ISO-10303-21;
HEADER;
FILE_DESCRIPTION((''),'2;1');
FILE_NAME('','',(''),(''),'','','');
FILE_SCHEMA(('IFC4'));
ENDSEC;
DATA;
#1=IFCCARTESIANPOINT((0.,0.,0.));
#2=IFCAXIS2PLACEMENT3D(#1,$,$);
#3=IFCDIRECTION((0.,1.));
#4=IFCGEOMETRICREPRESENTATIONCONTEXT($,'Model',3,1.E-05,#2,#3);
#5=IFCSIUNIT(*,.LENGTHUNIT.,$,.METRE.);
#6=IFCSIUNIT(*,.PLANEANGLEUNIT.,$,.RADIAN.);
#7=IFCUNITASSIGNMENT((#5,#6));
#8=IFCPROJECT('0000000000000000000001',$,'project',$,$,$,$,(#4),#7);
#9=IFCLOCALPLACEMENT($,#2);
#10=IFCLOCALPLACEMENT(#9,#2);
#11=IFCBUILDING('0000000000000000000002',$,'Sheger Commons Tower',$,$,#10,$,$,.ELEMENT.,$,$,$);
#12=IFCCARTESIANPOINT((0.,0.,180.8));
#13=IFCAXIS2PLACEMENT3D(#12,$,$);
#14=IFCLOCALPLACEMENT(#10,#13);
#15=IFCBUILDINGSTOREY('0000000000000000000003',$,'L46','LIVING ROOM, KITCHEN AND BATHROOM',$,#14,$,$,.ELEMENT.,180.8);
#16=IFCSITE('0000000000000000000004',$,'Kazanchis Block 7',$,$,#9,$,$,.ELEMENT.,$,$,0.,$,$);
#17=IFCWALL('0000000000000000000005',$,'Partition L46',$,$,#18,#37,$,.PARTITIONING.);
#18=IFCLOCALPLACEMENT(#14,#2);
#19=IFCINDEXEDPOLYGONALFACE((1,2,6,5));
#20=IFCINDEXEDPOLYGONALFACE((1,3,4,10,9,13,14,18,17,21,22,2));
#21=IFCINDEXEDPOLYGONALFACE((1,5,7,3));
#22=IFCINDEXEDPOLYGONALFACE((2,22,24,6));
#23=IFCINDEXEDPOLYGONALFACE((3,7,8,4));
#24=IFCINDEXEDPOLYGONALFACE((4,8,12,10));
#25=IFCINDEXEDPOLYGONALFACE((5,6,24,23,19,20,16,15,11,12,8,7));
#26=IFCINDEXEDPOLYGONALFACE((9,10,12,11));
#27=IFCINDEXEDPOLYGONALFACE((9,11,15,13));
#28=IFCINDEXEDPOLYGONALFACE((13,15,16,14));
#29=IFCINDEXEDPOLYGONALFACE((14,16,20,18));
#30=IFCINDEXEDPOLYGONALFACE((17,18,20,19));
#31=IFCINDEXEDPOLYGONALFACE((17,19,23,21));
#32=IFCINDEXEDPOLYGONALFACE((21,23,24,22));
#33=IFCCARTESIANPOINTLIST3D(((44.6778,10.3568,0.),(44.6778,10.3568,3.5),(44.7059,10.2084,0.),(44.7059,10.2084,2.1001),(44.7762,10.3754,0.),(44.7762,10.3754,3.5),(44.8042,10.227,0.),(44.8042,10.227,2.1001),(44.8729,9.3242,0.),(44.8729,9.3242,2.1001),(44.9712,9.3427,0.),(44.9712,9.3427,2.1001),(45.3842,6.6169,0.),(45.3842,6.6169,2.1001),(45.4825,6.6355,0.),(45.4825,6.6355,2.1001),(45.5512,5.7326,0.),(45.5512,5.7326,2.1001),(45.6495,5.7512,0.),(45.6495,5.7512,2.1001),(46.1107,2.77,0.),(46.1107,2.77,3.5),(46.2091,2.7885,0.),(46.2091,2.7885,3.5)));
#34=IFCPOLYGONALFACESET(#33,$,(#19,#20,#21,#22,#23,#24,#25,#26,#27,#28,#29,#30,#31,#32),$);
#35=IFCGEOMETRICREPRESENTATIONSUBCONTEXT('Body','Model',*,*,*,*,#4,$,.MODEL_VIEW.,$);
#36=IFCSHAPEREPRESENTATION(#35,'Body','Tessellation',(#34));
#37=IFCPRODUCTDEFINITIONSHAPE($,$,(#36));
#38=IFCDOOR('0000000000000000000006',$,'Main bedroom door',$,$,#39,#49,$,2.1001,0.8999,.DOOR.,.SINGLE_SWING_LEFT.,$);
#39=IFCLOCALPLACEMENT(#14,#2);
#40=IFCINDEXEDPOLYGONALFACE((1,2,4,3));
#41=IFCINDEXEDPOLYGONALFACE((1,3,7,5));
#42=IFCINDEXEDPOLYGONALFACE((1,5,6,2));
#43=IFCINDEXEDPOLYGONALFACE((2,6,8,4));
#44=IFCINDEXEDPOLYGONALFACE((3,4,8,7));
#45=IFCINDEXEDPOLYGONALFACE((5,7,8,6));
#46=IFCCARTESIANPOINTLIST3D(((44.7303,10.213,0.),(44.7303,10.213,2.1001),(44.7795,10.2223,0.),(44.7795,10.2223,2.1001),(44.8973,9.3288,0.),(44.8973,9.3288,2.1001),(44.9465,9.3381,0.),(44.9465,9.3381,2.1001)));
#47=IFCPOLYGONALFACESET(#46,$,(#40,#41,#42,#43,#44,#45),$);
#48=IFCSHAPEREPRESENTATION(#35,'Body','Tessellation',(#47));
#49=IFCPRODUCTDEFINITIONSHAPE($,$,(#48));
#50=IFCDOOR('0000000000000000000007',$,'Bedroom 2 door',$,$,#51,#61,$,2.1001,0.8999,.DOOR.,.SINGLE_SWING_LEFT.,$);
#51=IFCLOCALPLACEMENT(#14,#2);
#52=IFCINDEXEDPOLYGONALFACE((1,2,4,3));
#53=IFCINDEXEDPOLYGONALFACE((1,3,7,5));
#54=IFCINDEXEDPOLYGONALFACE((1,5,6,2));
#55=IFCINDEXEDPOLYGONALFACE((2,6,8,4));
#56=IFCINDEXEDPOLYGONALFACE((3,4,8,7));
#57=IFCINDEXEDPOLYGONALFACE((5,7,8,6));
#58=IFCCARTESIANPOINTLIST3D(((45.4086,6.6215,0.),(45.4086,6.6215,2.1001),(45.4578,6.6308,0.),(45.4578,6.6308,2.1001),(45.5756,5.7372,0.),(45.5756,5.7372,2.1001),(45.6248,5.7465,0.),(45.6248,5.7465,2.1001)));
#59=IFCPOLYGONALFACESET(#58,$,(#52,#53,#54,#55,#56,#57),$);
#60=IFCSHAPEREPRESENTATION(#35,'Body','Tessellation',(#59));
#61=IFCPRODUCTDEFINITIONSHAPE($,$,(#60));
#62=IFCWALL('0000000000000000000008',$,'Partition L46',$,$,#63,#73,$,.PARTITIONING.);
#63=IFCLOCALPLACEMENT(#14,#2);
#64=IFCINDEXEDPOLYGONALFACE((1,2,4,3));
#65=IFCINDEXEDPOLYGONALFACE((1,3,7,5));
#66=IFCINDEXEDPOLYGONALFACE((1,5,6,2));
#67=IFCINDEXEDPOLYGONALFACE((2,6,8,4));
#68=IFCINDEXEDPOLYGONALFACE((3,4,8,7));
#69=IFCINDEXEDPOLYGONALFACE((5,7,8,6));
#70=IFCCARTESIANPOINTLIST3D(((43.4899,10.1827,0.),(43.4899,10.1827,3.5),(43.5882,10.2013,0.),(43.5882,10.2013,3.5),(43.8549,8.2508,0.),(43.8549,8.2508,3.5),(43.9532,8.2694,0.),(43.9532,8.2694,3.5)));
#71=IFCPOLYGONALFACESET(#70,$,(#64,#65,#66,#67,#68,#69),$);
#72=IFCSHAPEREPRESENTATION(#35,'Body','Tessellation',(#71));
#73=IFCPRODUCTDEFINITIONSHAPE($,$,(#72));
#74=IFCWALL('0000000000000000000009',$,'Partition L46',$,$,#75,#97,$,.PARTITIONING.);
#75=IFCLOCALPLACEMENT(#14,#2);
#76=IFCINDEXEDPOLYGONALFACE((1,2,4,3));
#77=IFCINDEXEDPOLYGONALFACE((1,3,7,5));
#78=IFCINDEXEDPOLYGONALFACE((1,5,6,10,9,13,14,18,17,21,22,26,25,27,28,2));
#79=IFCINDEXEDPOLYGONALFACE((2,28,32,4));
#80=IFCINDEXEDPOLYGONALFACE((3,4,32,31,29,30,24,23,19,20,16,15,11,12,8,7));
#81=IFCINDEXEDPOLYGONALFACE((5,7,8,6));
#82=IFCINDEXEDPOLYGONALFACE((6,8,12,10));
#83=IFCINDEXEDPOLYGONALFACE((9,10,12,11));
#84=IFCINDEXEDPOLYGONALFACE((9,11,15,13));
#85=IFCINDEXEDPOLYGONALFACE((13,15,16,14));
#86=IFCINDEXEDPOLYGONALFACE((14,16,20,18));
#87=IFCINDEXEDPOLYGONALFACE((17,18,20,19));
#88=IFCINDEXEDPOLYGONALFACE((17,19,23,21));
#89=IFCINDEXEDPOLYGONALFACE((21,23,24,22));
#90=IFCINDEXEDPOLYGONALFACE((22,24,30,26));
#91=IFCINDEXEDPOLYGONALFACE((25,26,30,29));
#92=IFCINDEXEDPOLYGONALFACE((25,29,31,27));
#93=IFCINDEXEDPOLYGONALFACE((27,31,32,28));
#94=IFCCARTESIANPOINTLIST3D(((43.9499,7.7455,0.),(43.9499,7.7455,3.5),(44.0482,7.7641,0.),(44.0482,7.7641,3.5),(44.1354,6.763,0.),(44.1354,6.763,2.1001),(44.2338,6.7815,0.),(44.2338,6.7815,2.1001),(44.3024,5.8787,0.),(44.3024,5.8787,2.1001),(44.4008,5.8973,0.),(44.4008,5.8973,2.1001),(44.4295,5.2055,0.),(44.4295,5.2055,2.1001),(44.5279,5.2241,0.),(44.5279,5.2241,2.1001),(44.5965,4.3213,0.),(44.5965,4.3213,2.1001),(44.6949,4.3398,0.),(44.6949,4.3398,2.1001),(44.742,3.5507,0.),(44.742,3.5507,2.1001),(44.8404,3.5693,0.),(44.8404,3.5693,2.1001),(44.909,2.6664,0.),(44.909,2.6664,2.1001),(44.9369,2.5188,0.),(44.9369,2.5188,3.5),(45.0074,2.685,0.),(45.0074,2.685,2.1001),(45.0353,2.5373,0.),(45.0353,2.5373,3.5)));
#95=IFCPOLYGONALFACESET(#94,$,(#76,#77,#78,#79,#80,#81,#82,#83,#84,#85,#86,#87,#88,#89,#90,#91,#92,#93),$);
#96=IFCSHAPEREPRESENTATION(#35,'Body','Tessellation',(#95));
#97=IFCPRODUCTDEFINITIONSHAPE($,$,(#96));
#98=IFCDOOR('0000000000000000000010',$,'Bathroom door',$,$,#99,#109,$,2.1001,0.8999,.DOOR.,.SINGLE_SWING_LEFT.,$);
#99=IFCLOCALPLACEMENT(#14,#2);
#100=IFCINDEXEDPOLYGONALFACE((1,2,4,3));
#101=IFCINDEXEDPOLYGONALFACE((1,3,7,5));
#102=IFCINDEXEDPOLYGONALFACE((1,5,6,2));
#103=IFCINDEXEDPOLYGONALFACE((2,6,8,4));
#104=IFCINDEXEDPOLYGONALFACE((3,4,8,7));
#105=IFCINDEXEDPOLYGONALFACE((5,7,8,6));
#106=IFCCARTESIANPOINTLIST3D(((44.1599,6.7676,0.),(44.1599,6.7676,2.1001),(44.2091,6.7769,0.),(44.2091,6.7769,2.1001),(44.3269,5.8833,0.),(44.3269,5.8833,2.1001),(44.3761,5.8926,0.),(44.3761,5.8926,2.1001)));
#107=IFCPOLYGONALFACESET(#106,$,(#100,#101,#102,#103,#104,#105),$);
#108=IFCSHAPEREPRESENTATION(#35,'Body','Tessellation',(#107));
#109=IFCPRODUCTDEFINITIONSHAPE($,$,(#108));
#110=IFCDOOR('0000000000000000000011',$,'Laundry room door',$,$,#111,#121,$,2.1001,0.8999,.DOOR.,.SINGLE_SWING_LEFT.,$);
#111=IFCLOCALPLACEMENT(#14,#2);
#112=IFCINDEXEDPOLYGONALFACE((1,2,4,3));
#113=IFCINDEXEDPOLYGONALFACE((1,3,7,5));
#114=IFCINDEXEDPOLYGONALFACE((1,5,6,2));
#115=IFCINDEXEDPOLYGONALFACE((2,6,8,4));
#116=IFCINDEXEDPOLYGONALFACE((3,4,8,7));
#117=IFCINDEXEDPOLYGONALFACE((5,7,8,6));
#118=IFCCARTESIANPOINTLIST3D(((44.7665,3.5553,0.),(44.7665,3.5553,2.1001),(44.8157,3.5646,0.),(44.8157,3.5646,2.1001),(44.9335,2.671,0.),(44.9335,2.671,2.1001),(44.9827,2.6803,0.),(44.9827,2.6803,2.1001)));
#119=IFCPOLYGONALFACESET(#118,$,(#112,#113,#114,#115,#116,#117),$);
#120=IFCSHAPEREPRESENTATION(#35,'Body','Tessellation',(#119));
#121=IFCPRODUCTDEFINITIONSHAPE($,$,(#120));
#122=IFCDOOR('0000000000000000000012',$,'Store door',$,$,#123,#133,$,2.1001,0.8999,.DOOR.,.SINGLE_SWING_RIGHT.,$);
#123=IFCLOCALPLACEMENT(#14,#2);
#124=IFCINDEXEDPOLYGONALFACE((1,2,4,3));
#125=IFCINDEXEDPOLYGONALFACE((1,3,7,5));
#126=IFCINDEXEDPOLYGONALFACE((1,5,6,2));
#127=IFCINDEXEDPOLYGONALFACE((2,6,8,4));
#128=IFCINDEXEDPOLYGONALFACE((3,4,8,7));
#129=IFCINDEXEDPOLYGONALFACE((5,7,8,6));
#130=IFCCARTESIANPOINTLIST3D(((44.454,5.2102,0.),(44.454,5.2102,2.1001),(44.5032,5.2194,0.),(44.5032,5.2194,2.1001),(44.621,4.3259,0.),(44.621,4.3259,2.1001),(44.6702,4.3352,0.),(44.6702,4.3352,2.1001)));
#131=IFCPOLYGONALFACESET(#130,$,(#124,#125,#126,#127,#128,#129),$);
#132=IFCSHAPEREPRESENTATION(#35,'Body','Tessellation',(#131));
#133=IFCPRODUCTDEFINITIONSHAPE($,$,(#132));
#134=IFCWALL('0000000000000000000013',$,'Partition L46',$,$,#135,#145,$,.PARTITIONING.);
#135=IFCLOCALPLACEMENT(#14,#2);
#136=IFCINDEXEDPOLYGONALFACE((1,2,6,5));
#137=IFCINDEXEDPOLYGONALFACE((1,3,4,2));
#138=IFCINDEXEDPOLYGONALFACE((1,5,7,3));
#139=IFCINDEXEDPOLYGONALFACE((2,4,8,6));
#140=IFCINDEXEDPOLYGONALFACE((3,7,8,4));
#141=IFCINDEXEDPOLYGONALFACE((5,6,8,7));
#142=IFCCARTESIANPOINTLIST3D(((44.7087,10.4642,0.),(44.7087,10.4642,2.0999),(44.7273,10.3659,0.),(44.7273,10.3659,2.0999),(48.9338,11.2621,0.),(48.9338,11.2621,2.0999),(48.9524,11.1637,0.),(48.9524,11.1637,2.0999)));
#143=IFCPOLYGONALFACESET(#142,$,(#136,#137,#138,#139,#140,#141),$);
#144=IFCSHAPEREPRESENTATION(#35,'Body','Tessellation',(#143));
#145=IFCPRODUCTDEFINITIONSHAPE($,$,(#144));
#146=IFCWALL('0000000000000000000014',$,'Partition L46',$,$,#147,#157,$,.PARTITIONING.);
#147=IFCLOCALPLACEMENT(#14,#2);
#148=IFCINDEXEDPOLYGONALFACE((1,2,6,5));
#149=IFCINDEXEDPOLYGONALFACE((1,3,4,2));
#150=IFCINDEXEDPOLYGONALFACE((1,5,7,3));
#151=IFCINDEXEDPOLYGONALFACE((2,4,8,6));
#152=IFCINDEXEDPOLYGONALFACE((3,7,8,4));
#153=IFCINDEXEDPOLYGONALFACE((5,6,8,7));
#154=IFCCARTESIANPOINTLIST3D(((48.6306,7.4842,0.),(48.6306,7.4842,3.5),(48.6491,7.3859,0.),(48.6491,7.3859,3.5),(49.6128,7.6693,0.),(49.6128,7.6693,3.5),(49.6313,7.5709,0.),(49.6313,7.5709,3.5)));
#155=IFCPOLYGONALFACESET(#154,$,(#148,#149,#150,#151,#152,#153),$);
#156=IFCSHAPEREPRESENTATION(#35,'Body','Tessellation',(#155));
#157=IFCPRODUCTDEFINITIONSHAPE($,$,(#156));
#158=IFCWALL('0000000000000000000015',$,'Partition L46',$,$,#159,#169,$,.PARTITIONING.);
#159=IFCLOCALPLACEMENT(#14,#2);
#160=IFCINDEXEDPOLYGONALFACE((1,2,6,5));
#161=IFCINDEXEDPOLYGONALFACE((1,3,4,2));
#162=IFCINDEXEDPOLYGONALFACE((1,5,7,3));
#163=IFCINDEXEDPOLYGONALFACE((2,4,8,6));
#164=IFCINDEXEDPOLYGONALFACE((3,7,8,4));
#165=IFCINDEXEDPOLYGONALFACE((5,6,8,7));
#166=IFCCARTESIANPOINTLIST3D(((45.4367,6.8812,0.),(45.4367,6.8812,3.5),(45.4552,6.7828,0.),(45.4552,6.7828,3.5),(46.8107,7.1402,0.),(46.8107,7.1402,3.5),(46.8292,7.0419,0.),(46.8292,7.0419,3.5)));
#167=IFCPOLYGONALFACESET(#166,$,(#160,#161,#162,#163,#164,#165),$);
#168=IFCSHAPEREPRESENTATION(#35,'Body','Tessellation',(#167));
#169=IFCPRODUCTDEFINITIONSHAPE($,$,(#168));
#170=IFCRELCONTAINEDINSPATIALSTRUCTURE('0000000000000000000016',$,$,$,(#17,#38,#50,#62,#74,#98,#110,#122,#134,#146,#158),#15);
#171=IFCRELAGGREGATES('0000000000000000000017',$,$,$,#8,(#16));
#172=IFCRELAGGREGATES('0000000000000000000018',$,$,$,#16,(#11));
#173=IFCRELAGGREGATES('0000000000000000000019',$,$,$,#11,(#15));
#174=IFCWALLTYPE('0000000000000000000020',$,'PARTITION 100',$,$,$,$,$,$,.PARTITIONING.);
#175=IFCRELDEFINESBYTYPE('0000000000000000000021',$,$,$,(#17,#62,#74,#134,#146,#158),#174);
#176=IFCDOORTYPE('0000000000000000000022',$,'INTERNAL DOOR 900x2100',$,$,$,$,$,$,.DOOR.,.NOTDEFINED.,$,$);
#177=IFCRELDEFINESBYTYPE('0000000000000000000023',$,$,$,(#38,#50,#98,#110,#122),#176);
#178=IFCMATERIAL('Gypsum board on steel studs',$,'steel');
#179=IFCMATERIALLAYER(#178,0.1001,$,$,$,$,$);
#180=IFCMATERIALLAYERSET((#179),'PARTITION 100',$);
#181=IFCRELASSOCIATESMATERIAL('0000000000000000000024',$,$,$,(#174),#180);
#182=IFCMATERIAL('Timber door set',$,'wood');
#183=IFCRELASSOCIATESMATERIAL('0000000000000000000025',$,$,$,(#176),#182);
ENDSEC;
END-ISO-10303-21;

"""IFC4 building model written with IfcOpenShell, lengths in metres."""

from ifc_helpers import new_model, si_unit, direction, frame, frame_2d, origin, place, context, subcontext, project, spatial, rectangle, extrude, material, layer, layer_set, type_object, element, fill, save


model = new_model("IFC4")

# Units and contexts
model_context = context("Model", 3, precision=1e-05, world=origin(), true_north=direction((0.0, 1.0)))
body_context = subcontext(model_context, "Body", "Model", "MODEL_VIEW")
ifc_project = project(units=[si_unit("LENGTHUNIT", "METRE"), si_unit("PLANEANGLEUNIT", "RADIAN")], contexts=[model_context])

# Site, building, storey
site_placement = place(None, origin())
site = spatial("IfcSite", under=ifc_project, at=site_placement, Name="Kazanchis Block 7", CompositionType="ELEMENT", RefElevation=0.0)
building_placement = place(site_placement, origin())
building = spatial("IfcBuilding", under=site, at=building_placement, Name="Sheger Commons Tower", CompositionType="ELEMENT")
storey_placement = place(building_placement, frame((0.0, 0.0, 180.8)))
storey = spatial("IfcBuildingStorey", under=building, at=storey_placement, Name="L46", Description="LIVING ROOM, KITCHEN AND BATHROOM", CompositionType="ELEMENT", Elevation=180.8)

# Wall, openings, doors
ifc_material_1 = material(Name="Gypsum board on steel studs", Category="steel")
ifc_layer_1 = layer(ifc_material_1, 0.1001)
ifc_layer_set_1 = layer_set([ifc_layer_1], Name="PARTITION 100")
wall_type_1 = type_object("IfcWallType", Name="PARTITION 100", PredefinedType="PARTITIONING", material=ifc_layer_set_1)
wall_1_placement = place(storey_placement, frame((44.7271, 10.366, 0.0), z_axis=(0.0, 0.0, 1.0), x_axis=(0.185579, -0.982629, 0.0)))
wall_1 = element("IfcWall", 1, at=wall_1_placement, inside=storey, type_object=wall_type_1, Name="Partition L46", PredefinedType="PARTITIONING", context=body_context, shape_type="SweptSolid", body=[
    extrude(rectangle(XDim=7.7209, YDim=0.1001, at=frame_2d((3.8604, 0.0))), origin(), (0.0, 0.0, 1.0), 3.5),
])
opening_1_placement = place(wall_1_placement, frame((0.1509, 0.0, 0.0)))
opening_1 = element("IfcOpeningElement", 2, at=opening_1_placement, cuts=wall_1, PredefinedType="OPENING", context=body_context, shape_type="SweptSolid", body=[
    extrude(rectangle(XDim=0.8999, YDim=2.1001, at=frame_2d((0.45, 1.05))), frame((0.0, 0.0601, 0.0), z_axis=(0.0, -1.0, 0.0), x_axis=(1.0, 0.0, 0.0)), (0.0, 0.0, 1.0), 0.1201),
])
opening_2_placement = place(wall_1_placement, frame((3.8059, 0.0, 0.0)))
opening_2 = element("IfcOpeningElement", 3, at=opening_2_placement, cuts=wall_1, PredefinedType="OPENING", context=body_context, shape_type="SweptSolid", body=[
    extrude(rectangle(XDim=0.8999, YDim=2.1001, at=frame_2d((0.45, 1.05))), frame((0.0, 0.0601, 0.0), z_axis=(0.0, -1.0, 0.0), x_axis=(1.0, 0.0, 0.0)), (0.0, 0.0, 1.0), 0.1201),
])
ifc_material_2 = material(Name="Timber door set", Category="wood")
door_type_1 = type_object("IfcDoorType", Name="INTERNAL DOOR 900x2100", OperationType="NOTDEFINED", PredefinedType="DOOR", material=ifc_material_2)
door_1_placement = place(opening_1_placement, origin())
door_1 = element("IfcDoor", 4, at=door_1_placement, inside=storey, type_object=door_type_1, Name="Main bedroom door", OperationType="SINGLE_SWING_LEFT", OverallHeight=2.1001, OverallWidth=0.8999, PredefinedType="DOOR", context=body_context, shape_type="SweptSolid", body=[
    extrude(rectangle(XDim=0.8999, YDim=2.1001, at=frame_2d((0.45, 1.05))), frame((0.0, 0.0249, 0.0), z_axis=(0.0, -1.0, 0.0), x_axis=(1.0, 0.0, 0.0)), (0.0, 0.0, 1.0), 0.05),
])
fill(opening_1, door_1)
door_2_placement = place(opening_2_placement, origin())
door_2 = element("IfcDoor", 5, at=door_2_placement, inside=storey, type_object=door_type_1, Name="Bedroom 2 door", OperationType="SINGLE_SWING_LEFT", OverallHeight=2.1001, OverallWidth=0.8999, PredefinedType="DOOR", context=body_context, shape_type="SweptSolid", body=[
    extrude(rectangle(XDim=0.8999, YDim=2.1001, at=frame_2d((0.45, 1.05))), frame((0.0, 0.0249, 0.0), z_axis=(0.0, -1.0, 0.0), x_axis=(1.0, 0.0, 0.0)), (0.0, 0.0, 1.0), 0.05),
])
fill(opening_2, door_2)

# Wall
wall_2_placement = place(storey_placement, frame((43.5391, 10.1919, 0.0), z_axis=(0.0, 0.0, 1.0), x_axis=(0.185645, -0.982617, 0.0)))
element("IfcWall", 6, at=wall_2_placement, inside=storey, type_object=wall_type_1, Name="Partition L46", PredefinedType="PARTITIONING", context=body_context, shape_type="SweptSolid", body=[
    extrude(rectangle(XDim=1.9661, YDim=0.1001, at=frame_2d((0.9829, 0.0))), origin(), (0.0, 0.0, 1.0), 3.5),
])

# Wall, openings, doors
wall_3_placement = place(storey_placement, frame((43.999, 7.7549, 0.0), z_axis=(0.0, 0.0, 1.0), x_axis=(0.185566, -0.982632, 0.0)))
wall_3 = element("IfcWall", 7, at=wall_3_placement, inside=storey, type_object=wall_type_1, Name="Partition L46", PredefinedType="PARTITIONING", context=body_context, shape_type="SweptSolid", body=[
    extrude(rectangle(XDim=5.3191, YDim=0.1001, at=frame_2d((2.6597, 0.0))), origin(), (0.0, 0.0, 1.0), 3.5),
])
opening_3_placement = place(wall_3_placement, frame((1.0, 0.0, 0.0)))
opening_3 = element("IfcOpeningElement", 8, at=opening_3_placement, cuts=wall_3, PredefinedType="OPENING", context=body_context, shape_type="SweptSolid", body=[
    extrude(rectangle(XDim=0.8999, YDim=2.1001, at=frame_2d((0.45, 1.05))), frame((0.0, 0.0601, 0.0), z_axis=(0.0, -1.0, 0.0), x_axis=(1.0, 0.0, 0.0)), (0.0, 0.0, 1.0), 0.1201),
])
opening_4_placement = place(wall_3_placement, frame((4.269, 0.0, 0.0)))
opening_4 = element("IfcOpeningElement", 9, at=opening_4_placement, cuts=wall_3, PredefinedType="OPENING", context=body_context, shape_type="SweptSolid", body=[
    extrude(rectangle(XDim=0.8999, YDim=2.1001, at=frame_2d((0.45, 1.05))), frame((0.0, 0.0601, 0.0), z_axis=(0.0, -1.0, 0.0), x_axis=(1.0, 0.0, 0.0)), (0.0, 0.0, 1.0), 0.1201),
])
opening_5_placement = place(wall_3_placement, frame((2.585, 0.0, 0.0)))
opening_5 = element("IfcOpeningElement", 10, at=opening_5_placement, cuts=wall_3, PredefinedType="OPENING", context=body_context, shape_type="SweptSolid", body=[
    extrude(rectangle(XDim=0.8999, YDim=2.1001, at=frame_2d((0.45, 1.05))), frame((0.0, 0.0601, 0.0), z_axis=(0.0, -1.0, 0.0), x_axis=(1.0, 0.0, 0.0)), (0.0, 0.0, 1.0), 0.1201),
])
door_3_placement = place(opening_3_placement, origin())
door_3 = element("IfcDoor", 11, at=door_3_placement, inside=storey, type_object=door_type_1, Name="Bathroom door", OperationType="SINGLE_SWING_LEFT", OverallHeight=2.1001, OverallWidth=0.8999, PredefinedType="DOOR", context=body_context, shape_type="SweptSolid", body=[
    extrude(rectangle(XDim=0.8999, YDim=2.1001, at=frame_2d((0.45, 1.05))), frame((0.0, 0.0249, 0.0), z_axis=(0.0, -1.0, 0.0), x_axis=(1.0, 0.0, 0.0)), (0.0, 0.0, 1.0), 0.05),
])
fill(opening_3, door_3)
door_4_placement = place(opening_4_placement, origin())
door_4 = element("IfcDoor", 12, at=door_4_placement, inside=storey, type_object=door_type_1, Name="Laundry room door", OperationType="SINGLE_SWING_LEFT", OverallHeight=2.1001, OverallWidth=0.8999, PredefinedType="DOOR", context=body_context, shape_type="SweptSolid", body=[
    extrude(rectangle(XDim=0.8999, YDim=2.1001, at=frame_2d((0.45, 1.05))), frame((0.0, 0.0249, 0.0), z_axis=(0.0, -1.0, 0.0), x_axis=(1.0, 0.0, 0.0)), (0.0, 0.0, 1.0), 0.05),
])
fill(opening_4, door_4)
door_5_placement = place(opening_5_placement, origin())
door_5 = element("IfcDoor", 13, at=door_5_placement, inside=storey, type_object=door_type_1, Name="Store door", OperationType="SINGLE_SWING_RIGHT", OverallHeight=2.1001, OverallWidth=0.8999, PredefinedType="DOOR", context=body_context, shape_type="SweptSolid", body=[
    extrude(rectangle(XDim=0.8999, YDim=2.1001, at=frame_2d((0.45, 1.05))), frame((0.0, 0.0249, 0.0), z_axis=(0.0, -1.0, 0.0), x_axis=(1.0, 0.0, 0.0)), (0.0, 0.0, 1.0), 0.05),
])
fill(opening_5, door_5)

# Walls
wall_4_placement = place(storey_placement, frame((48.9431, 11.2129, 0.0), z_axis=(0.0, 0.0, 1.0), x_axis=(-0.982634, -0.185557, 0.0)))
element("IfcWall", 14, at=wall_4_placement, inside=storey, type_object=wall_type_1, Name="Partition L46", PredefinedType="PARTITIONING", context=body_context, shape_type="SweptSolid", body=[
    extrude(rectangle(XDim=4.2998, YDim=0.1001, at=frame_2d((2.1499, 0.0))), origin(), (0.0, 0.0, 1.0), 2.0999),
])
wall_5_placement = place(storey_placement, frame((49.6221, 7.6201, 0.0), z_axis=(0.0, 0.0, 1.0), x_axis=(-0.982709, -0.185159, 0.0)))
element("IfcWall", 15, at=wall_5_placement, inside=storey, type_object=wall_type_1, Name="Partition L46", PredefinedType="PARTITIONING", context=body_context, shape_type="SweptSolid", body=[
    extrude(rectangle(XDim=0.9995, YDim=0.1001, at=frame_2d((0.4998, 0.0))), origin(), (0.0, 0.0, 1.0), 3.5),
])
wall_6_placement = place(storey_placement, frame((46.8201, 7.0911, 0.0), z_axis=(0.0, 0.0, 1.0), x_axis=(-0.98269, -0.185258, 0.0)))
element("IfcWall", 16, at=wall_6_placement, inside=storey, type_object=wall_type_1, Name="Partition L46", PredefinedType="PARTITIONING", context=body_context, shape_type="SweptSolid", body=[
    extrude(rectangle(XDim=1.3982, YDim=0.1001, at=frame_2d((0.6992, 0.0))), origin(), (0.0, 0.0, 1.0), 3.5),
])

save(model, "model.ifc")
